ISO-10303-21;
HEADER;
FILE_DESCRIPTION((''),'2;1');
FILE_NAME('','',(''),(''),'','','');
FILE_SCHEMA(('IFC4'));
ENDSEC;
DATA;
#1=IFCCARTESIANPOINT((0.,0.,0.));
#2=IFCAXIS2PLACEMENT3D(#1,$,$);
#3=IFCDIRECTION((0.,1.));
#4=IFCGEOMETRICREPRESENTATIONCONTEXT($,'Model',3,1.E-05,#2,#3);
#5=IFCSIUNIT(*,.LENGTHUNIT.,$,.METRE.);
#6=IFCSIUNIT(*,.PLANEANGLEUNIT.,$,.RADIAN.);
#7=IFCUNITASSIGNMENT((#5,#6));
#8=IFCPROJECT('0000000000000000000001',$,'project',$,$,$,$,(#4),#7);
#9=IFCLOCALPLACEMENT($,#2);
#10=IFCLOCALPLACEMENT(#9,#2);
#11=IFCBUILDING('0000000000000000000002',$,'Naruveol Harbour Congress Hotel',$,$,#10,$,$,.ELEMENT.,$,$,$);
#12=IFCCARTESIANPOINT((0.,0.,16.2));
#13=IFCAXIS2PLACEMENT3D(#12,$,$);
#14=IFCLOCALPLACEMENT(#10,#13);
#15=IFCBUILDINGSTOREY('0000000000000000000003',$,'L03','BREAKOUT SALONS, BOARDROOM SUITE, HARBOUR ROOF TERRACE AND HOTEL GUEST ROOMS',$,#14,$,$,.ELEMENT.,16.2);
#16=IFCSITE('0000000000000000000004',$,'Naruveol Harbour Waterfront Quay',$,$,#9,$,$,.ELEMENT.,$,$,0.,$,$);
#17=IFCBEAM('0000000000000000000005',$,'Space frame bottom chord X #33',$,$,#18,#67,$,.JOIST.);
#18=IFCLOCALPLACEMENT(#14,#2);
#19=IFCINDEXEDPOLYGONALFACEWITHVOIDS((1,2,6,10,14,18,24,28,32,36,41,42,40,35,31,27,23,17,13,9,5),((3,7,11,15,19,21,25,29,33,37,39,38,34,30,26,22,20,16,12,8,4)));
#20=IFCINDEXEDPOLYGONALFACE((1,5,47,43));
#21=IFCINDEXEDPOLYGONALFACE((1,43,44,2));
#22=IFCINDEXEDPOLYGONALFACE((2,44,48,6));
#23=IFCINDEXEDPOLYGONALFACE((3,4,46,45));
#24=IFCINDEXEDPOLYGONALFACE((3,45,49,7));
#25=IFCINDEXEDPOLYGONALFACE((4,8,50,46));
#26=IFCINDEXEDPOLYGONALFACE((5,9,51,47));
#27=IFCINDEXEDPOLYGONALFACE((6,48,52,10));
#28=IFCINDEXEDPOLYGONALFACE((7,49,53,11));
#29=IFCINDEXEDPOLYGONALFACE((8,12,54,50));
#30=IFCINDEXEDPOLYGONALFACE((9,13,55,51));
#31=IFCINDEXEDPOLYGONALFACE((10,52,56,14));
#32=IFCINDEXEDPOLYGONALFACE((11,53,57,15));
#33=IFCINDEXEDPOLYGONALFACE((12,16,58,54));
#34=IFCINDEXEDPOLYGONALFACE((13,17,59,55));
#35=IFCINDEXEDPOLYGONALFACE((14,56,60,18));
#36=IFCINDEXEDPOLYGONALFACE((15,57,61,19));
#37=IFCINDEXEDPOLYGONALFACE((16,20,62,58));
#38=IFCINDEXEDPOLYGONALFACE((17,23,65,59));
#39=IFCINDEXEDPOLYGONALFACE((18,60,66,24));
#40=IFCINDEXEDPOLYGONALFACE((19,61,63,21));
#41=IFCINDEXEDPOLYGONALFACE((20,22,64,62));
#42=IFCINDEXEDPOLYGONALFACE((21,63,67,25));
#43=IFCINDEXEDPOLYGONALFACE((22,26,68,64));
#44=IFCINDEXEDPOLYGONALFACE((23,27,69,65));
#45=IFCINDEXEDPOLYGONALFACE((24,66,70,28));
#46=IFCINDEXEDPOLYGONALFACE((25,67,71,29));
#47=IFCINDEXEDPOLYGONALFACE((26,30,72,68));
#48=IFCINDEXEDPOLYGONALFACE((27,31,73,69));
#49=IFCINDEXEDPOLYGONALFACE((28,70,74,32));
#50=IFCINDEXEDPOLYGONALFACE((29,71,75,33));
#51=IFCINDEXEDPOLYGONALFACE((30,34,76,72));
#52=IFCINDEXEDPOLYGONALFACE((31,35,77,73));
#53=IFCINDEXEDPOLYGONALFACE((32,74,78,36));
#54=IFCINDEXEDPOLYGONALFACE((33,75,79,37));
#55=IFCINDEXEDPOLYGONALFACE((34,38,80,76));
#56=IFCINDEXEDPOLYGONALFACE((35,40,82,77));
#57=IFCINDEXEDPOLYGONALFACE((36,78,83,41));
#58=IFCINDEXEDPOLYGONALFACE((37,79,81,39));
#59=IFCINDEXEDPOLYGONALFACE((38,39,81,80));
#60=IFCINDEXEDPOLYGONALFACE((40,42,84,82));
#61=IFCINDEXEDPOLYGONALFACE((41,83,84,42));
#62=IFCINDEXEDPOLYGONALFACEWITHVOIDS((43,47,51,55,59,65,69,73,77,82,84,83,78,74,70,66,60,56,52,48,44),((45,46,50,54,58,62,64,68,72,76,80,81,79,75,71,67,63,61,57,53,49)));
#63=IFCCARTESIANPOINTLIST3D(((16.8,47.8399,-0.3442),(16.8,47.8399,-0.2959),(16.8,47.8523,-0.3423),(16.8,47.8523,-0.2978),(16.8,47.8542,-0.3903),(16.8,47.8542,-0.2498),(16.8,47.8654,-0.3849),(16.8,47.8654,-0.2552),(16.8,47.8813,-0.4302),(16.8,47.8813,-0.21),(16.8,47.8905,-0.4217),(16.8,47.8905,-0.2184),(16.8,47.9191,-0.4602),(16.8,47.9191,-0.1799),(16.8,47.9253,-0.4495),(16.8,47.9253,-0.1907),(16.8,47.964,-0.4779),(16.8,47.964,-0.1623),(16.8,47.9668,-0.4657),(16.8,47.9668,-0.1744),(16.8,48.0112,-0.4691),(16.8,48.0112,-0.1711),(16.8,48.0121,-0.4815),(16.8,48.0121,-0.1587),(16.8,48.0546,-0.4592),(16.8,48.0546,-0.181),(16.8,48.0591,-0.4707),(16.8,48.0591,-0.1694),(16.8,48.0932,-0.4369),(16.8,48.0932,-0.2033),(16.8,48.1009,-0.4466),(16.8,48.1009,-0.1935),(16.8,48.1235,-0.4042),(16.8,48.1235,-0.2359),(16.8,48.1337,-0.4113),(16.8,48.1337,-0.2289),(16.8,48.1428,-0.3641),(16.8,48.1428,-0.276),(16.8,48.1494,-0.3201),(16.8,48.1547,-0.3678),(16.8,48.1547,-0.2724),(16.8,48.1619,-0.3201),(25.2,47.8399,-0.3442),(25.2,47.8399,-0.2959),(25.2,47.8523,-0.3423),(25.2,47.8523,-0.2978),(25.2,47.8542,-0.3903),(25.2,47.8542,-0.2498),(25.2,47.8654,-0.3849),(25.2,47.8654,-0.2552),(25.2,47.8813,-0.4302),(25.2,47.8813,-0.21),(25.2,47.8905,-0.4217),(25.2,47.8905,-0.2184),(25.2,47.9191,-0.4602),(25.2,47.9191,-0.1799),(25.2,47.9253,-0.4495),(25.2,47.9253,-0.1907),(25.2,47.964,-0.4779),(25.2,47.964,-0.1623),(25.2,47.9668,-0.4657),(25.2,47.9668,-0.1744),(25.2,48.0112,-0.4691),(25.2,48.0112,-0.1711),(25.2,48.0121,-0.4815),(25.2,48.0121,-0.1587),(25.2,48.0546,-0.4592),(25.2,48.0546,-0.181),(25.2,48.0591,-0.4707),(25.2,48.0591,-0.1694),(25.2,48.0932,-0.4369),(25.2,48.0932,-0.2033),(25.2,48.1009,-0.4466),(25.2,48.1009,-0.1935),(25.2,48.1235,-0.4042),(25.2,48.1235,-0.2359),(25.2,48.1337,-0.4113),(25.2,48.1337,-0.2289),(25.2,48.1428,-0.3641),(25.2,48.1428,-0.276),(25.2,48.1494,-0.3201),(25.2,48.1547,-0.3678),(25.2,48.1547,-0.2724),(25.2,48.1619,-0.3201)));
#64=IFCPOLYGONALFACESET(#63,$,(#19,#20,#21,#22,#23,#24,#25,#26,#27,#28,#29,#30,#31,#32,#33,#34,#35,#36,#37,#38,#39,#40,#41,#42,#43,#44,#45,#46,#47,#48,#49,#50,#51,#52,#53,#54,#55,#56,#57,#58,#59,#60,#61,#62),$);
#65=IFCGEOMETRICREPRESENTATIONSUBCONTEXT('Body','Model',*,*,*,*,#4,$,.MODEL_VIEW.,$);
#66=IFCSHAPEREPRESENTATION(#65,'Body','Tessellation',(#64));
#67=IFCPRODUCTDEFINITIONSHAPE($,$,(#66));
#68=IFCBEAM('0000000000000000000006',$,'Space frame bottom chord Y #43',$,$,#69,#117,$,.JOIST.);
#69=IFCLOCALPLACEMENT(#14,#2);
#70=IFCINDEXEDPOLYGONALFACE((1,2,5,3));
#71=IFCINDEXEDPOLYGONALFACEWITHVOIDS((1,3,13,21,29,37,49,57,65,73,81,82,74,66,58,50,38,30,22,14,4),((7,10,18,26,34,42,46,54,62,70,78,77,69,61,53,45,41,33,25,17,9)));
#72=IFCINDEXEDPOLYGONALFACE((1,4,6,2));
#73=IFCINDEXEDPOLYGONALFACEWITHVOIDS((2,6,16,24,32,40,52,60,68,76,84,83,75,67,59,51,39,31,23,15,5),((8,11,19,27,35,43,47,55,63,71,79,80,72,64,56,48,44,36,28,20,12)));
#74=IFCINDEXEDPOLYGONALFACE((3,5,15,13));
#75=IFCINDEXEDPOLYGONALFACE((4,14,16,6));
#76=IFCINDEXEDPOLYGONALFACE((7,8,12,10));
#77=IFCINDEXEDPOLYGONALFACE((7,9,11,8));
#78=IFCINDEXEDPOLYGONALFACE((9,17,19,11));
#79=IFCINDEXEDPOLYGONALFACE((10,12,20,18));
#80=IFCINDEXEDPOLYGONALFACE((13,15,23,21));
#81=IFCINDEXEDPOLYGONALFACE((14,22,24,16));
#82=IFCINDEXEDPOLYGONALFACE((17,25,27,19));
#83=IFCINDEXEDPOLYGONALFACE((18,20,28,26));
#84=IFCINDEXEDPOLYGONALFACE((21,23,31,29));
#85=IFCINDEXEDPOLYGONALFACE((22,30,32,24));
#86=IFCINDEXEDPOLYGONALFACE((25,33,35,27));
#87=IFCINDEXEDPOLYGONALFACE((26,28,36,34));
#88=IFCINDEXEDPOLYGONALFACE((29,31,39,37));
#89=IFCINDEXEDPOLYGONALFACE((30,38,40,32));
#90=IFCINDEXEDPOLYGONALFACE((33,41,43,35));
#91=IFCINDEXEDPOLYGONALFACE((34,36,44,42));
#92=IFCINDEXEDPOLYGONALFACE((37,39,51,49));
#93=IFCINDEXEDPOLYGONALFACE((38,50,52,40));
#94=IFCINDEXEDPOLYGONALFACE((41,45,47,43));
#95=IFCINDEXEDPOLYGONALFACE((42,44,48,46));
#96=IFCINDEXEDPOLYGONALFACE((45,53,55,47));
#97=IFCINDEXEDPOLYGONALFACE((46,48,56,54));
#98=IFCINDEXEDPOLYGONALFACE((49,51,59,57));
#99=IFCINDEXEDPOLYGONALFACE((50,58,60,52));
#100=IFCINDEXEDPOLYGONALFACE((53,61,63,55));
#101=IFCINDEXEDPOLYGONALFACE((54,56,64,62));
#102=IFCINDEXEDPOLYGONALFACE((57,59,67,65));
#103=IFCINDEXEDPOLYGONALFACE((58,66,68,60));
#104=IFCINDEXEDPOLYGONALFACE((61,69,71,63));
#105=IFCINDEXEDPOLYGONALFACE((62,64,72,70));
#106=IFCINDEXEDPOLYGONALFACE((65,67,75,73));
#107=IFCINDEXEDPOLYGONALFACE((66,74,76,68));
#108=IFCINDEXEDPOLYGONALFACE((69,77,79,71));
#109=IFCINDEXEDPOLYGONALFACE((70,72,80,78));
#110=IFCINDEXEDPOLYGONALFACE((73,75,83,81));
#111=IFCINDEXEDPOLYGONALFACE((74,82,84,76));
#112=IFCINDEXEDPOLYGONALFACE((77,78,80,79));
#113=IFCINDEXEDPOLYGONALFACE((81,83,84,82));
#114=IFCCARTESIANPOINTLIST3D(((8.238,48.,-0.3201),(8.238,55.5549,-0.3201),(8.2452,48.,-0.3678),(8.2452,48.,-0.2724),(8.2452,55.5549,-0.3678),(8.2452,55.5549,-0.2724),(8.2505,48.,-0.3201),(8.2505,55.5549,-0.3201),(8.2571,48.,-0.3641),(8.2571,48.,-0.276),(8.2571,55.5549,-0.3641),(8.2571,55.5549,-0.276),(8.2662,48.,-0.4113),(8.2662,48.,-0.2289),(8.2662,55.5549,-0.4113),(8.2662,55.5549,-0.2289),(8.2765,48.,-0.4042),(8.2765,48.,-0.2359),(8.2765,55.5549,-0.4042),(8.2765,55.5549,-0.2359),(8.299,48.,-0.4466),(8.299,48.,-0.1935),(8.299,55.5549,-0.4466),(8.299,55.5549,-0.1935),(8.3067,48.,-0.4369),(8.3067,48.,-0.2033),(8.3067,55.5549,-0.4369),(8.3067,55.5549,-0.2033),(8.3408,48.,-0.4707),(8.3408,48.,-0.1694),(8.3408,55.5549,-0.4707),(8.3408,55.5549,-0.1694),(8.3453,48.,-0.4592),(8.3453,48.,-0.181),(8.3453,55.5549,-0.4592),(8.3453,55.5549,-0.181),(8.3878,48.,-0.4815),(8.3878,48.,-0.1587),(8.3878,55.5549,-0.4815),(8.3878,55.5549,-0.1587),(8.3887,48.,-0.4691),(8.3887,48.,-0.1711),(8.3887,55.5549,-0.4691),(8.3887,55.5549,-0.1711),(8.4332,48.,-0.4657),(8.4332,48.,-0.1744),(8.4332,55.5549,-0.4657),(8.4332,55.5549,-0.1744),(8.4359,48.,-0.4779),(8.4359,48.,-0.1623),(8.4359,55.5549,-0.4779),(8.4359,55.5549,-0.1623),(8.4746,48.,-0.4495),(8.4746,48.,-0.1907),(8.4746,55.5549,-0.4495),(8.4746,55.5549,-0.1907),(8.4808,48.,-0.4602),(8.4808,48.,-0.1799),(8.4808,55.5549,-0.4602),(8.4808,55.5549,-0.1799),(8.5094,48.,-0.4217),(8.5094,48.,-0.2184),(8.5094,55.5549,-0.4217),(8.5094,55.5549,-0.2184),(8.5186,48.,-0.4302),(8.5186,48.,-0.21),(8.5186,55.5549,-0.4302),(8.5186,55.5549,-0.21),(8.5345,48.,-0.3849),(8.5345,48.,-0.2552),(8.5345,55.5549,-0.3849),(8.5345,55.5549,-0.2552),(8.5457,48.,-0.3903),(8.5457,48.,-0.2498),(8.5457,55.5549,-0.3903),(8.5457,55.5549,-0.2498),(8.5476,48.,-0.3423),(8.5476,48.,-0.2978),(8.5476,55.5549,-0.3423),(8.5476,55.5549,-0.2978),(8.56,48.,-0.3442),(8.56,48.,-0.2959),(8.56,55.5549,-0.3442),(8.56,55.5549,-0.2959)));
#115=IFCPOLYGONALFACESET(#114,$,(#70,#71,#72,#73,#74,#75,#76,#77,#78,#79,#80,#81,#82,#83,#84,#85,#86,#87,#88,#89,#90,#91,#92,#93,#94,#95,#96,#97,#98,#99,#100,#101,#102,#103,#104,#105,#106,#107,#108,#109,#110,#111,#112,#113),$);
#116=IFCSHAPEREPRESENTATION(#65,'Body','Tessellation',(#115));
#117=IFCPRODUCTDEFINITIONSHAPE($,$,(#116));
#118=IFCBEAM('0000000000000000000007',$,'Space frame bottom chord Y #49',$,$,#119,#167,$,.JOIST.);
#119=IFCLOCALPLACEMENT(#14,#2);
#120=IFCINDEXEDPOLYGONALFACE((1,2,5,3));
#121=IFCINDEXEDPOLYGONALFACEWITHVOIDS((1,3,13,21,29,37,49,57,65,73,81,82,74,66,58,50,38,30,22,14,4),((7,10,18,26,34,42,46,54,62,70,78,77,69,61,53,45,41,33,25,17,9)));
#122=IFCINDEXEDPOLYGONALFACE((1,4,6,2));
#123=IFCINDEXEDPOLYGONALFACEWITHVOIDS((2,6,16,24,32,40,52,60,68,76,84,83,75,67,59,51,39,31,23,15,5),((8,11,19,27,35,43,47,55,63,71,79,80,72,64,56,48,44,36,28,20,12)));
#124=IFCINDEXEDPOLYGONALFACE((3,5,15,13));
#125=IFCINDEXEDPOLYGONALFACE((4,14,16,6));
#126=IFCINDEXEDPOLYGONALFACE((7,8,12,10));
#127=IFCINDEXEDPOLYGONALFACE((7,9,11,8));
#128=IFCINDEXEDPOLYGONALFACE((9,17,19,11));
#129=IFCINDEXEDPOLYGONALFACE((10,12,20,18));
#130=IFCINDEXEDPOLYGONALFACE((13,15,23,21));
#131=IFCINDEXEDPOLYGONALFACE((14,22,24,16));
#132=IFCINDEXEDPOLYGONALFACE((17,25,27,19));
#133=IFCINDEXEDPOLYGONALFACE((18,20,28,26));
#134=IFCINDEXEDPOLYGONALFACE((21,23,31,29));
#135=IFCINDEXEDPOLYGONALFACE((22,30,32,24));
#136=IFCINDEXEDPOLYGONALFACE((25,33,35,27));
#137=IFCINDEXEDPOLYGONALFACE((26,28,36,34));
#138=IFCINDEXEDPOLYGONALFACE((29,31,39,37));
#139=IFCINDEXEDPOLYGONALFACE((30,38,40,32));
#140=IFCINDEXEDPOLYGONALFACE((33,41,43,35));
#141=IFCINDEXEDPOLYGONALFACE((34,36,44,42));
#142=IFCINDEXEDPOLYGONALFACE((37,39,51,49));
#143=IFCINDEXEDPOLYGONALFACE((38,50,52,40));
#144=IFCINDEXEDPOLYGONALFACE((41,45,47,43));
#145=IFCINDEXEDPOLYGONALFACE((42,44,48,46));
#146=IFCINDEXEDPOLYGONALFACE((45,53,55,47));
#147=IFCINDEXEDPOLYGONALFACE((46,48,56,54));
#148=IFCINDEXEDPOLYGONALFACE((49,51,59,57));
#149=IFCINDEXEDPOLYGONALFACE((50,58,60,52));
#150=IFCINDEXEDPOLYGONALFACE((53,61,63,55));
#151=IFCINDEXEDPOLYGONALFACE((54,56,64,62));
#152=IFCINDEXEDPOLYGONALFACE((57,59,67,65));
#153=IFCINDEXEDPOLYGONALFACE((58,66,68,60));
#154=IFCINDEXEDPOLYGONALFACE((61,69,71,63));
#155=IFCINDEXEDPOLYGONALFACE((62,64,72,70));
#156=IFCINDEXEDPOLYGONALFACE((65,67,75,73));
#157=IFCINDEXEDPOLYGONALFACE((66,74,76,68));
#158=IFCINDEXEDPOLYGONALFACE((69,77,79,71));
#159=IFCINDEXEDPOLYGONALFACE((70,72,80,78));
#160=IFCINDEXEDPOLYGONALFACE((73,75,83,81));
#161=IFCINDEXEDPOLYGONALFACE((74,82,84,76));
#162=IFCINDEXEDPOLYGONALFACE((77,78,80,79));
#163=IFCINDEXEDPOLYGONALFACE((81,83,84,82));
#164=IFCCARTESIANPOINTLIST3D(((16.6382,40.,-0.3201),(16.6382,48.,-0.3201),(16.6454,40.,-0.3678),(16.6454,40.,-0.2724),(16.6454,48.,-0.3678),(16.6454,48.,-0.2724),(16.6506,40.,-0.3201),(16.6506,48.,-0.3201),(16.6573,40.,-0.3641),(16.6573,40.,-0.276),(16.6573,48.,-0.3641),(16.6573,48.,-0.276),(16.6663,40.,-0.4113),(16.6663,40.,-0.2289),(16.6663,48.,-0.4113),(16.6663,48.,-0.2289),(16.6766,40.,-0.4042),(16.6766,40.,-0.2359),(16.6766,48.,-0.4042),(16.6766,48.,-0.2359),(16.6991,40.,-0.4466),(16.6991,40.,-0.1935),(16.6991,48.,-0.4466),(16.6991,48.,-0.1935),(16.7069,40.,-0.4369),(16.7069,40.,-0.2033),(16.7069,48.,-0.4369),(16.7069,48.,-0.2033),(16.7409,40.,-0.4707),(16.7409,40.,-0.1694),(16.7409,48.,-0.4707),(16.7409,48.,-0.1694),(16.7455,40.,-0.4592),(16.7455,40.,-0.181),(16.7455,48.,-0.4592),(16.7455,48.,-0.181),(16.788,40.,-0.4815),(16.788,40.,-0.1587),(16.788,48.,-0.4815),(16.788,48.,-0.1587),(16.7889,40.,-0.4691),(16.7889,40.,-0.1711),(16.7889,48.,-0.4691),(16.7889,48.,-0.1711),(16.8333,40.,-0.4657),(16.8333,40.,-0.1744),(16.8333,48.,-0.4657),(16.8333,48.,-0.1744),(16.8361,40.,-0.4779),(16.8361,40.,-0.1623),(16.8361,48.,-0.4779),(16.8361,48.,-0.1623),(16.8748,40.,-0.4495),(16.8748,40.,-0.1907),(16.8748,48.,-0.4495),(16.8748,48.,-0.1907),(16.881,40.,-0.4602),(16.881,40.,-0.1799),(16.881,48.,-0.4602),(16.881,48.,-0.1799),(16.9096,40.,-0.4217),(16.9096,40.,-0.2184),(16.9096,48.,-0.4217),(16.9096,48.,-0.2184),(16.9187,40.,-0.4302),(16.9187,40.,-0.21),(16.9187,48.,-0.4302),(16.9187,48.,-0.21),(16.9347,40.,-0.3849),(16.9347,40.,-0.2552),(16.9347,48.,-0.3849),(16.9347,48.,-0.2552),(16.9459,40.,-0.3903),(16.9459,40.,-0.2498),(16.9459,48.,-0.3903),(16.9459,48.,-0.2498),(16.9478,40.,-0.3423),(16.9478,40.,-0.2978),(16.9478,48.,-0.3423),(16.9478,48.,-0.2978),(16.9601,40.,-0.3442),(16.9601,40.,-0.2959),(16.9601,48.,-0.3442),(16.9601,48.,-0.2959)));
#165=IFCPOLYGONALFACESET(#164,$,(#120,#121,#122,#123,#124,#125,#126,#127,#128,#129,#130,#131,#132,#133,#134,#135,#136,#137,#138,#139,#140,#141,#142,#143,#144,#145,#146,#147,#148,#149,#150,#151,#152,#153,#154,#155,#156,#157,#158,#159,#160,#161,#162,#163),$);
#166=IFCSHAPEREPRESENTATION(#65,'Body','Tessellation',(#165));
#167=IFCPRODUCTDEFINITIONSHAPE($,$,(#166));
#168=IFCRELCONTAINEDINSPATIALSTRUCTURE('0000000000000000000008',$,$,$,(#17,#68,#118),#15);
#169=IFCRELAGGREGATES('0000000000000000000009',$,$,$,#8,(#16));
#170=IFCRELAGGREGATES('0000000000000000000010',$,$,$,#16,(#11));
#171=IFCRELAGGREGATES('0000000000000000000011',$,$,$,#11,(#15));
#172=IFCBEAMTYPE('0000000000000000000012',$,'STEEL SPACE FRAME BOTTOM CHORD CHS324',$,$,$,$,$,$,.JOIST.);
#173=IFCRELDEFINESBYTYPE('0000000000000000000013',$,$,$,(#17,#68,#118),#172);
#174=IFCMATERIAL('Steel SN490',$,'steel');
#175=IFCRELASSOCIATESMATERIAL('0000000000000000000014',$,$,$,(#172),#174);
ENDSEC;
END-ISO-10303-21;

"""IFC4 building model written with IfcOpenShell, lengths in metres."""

from ifc_helpers import new_model, si_unit, direction, frame, origin, origin_2d, place, context, subcontext, project, spatial, hollow_circle, extrude, material, material_profile, profile_set, type_object, element, save


model = new_model("IFC4")

# Units and contexts
model_context = context("Model", 3, precision=1e-05, world=origin(), true_north=direction((0.0, 1.0)))
body_context = subcontext(model_context, "Body", "Model", "MODEL_VIEW")
ifc_project = project(units=[si_unit("LENGTHUNIT", "METRE"), si_unit("PLANEANGLEUNIT", "RADIAN")], contexts=[model_context])

# Site, building, storey
site_placement = place(None, origin())
site = spatial("IfcSite", under=ifc_project, at=site_placement, Name="Naruveol Harbour Waterfront Quay", CompositionType="ELEMENT", RefElevation=0.0)
building_placement = place(site_placement, origin())
building = spatial("IfcBuilding", under=site, at=building_placement, Name="Naruveol Harbour Congress Hotel", CompositionType="ELEMENT")
storey_placement = place(building_placement, frame((0.0, 0.0, 16.2)))
storey = spatial("IfcBuildingStorey", under=building, at=storey_placement, Name="L03", Description="BREAKOUT SALONS, BOARDROOM SUITE, HARBOUR ROOF TERRACE AND HOTEL GUEST ROOMS", CompositionType="ELEMENT", Elevation=16.2)

# Beams
ifc_material_1 = material(Name="Steel SN490", Category="steel")
ifc_material_profile_1 = material_profile(ifc_material_1, hollow_circle(Radius=0.1619, WallThickness=0.0125, at=origin_2d()), Name="CHS-323.9x12.5")
ifc_profile_set_1 = profile_set([ifc_material_profile_1], Name="Steel SN490")
beam_type_1 = type_object("IfcBeamType", Name="STEEL SPACE FRAME BOTTOM CHORD CHS324", PredefinedType="JOIST", material=ifc_profile_set_1)
beam_1_placement = place(storey_placement, frame((16.8, 48.0, -0.3201), z_axis=(1.0, 0.0, 0.0), x_axis=(0.0, 1.0, 0.0)))
element("IfcBeam", 1, at=beam_1_placement, inside=storey, type_object=beam_type_1, Name="Space frame bottom chord X #33", PredefinedType="JOIST", context=body_context, shape_type="SweptSolid", body=[
    extrude(hollow_circle(Radius=0.1619, WallThickness=0.0125, at=origin_2d()), origin(), (0.0, 0.0, 1.0), 8.3999),
])
beam_2_placement = place(storey_placement, frame((8.3999, 48.0, -0.3201), z_axis=(0.0, 1.0, 0.0), x_axis=(-1.0, 0.0, 0.0)))
element("IfcBeam", 2, at=beam_2_placement, inside=storey, type_object=beam_type_1, Name="Space frame bottom chord Y #43", PredefinedType="JOIST", context=body_context, shape_type="SweptSolid", body=[
    extrude(hollow_circle(Radius=0.1619, WallThickness=0.0125, at=origin_2d()), origin(), (0.0, 0.0, 1.0), 7.5549),
])
beam_3_placement = place(storey_placement, frame((16.8, 40.0, -0.3201), z_axis=(0.0, 1.0, 0.0), x_axis=(-1.0, 0.0, 0.0)))
element("IfcBeam", 3, at=beam_3_placement, inside=storey, type_object=beam_type_1, Name="Space frame bottom chord Y #49", PredefinedType="JOIST", context=body_context, shape_type="SweptSolid", body=[
    extrude(hollow_circle(Radius=0.1619, WallThickness=0.0125, at=origin_2d()), origin(), (0.0, 0.0, 1.0), 8.0),
])

save(model, "model.ifc")
